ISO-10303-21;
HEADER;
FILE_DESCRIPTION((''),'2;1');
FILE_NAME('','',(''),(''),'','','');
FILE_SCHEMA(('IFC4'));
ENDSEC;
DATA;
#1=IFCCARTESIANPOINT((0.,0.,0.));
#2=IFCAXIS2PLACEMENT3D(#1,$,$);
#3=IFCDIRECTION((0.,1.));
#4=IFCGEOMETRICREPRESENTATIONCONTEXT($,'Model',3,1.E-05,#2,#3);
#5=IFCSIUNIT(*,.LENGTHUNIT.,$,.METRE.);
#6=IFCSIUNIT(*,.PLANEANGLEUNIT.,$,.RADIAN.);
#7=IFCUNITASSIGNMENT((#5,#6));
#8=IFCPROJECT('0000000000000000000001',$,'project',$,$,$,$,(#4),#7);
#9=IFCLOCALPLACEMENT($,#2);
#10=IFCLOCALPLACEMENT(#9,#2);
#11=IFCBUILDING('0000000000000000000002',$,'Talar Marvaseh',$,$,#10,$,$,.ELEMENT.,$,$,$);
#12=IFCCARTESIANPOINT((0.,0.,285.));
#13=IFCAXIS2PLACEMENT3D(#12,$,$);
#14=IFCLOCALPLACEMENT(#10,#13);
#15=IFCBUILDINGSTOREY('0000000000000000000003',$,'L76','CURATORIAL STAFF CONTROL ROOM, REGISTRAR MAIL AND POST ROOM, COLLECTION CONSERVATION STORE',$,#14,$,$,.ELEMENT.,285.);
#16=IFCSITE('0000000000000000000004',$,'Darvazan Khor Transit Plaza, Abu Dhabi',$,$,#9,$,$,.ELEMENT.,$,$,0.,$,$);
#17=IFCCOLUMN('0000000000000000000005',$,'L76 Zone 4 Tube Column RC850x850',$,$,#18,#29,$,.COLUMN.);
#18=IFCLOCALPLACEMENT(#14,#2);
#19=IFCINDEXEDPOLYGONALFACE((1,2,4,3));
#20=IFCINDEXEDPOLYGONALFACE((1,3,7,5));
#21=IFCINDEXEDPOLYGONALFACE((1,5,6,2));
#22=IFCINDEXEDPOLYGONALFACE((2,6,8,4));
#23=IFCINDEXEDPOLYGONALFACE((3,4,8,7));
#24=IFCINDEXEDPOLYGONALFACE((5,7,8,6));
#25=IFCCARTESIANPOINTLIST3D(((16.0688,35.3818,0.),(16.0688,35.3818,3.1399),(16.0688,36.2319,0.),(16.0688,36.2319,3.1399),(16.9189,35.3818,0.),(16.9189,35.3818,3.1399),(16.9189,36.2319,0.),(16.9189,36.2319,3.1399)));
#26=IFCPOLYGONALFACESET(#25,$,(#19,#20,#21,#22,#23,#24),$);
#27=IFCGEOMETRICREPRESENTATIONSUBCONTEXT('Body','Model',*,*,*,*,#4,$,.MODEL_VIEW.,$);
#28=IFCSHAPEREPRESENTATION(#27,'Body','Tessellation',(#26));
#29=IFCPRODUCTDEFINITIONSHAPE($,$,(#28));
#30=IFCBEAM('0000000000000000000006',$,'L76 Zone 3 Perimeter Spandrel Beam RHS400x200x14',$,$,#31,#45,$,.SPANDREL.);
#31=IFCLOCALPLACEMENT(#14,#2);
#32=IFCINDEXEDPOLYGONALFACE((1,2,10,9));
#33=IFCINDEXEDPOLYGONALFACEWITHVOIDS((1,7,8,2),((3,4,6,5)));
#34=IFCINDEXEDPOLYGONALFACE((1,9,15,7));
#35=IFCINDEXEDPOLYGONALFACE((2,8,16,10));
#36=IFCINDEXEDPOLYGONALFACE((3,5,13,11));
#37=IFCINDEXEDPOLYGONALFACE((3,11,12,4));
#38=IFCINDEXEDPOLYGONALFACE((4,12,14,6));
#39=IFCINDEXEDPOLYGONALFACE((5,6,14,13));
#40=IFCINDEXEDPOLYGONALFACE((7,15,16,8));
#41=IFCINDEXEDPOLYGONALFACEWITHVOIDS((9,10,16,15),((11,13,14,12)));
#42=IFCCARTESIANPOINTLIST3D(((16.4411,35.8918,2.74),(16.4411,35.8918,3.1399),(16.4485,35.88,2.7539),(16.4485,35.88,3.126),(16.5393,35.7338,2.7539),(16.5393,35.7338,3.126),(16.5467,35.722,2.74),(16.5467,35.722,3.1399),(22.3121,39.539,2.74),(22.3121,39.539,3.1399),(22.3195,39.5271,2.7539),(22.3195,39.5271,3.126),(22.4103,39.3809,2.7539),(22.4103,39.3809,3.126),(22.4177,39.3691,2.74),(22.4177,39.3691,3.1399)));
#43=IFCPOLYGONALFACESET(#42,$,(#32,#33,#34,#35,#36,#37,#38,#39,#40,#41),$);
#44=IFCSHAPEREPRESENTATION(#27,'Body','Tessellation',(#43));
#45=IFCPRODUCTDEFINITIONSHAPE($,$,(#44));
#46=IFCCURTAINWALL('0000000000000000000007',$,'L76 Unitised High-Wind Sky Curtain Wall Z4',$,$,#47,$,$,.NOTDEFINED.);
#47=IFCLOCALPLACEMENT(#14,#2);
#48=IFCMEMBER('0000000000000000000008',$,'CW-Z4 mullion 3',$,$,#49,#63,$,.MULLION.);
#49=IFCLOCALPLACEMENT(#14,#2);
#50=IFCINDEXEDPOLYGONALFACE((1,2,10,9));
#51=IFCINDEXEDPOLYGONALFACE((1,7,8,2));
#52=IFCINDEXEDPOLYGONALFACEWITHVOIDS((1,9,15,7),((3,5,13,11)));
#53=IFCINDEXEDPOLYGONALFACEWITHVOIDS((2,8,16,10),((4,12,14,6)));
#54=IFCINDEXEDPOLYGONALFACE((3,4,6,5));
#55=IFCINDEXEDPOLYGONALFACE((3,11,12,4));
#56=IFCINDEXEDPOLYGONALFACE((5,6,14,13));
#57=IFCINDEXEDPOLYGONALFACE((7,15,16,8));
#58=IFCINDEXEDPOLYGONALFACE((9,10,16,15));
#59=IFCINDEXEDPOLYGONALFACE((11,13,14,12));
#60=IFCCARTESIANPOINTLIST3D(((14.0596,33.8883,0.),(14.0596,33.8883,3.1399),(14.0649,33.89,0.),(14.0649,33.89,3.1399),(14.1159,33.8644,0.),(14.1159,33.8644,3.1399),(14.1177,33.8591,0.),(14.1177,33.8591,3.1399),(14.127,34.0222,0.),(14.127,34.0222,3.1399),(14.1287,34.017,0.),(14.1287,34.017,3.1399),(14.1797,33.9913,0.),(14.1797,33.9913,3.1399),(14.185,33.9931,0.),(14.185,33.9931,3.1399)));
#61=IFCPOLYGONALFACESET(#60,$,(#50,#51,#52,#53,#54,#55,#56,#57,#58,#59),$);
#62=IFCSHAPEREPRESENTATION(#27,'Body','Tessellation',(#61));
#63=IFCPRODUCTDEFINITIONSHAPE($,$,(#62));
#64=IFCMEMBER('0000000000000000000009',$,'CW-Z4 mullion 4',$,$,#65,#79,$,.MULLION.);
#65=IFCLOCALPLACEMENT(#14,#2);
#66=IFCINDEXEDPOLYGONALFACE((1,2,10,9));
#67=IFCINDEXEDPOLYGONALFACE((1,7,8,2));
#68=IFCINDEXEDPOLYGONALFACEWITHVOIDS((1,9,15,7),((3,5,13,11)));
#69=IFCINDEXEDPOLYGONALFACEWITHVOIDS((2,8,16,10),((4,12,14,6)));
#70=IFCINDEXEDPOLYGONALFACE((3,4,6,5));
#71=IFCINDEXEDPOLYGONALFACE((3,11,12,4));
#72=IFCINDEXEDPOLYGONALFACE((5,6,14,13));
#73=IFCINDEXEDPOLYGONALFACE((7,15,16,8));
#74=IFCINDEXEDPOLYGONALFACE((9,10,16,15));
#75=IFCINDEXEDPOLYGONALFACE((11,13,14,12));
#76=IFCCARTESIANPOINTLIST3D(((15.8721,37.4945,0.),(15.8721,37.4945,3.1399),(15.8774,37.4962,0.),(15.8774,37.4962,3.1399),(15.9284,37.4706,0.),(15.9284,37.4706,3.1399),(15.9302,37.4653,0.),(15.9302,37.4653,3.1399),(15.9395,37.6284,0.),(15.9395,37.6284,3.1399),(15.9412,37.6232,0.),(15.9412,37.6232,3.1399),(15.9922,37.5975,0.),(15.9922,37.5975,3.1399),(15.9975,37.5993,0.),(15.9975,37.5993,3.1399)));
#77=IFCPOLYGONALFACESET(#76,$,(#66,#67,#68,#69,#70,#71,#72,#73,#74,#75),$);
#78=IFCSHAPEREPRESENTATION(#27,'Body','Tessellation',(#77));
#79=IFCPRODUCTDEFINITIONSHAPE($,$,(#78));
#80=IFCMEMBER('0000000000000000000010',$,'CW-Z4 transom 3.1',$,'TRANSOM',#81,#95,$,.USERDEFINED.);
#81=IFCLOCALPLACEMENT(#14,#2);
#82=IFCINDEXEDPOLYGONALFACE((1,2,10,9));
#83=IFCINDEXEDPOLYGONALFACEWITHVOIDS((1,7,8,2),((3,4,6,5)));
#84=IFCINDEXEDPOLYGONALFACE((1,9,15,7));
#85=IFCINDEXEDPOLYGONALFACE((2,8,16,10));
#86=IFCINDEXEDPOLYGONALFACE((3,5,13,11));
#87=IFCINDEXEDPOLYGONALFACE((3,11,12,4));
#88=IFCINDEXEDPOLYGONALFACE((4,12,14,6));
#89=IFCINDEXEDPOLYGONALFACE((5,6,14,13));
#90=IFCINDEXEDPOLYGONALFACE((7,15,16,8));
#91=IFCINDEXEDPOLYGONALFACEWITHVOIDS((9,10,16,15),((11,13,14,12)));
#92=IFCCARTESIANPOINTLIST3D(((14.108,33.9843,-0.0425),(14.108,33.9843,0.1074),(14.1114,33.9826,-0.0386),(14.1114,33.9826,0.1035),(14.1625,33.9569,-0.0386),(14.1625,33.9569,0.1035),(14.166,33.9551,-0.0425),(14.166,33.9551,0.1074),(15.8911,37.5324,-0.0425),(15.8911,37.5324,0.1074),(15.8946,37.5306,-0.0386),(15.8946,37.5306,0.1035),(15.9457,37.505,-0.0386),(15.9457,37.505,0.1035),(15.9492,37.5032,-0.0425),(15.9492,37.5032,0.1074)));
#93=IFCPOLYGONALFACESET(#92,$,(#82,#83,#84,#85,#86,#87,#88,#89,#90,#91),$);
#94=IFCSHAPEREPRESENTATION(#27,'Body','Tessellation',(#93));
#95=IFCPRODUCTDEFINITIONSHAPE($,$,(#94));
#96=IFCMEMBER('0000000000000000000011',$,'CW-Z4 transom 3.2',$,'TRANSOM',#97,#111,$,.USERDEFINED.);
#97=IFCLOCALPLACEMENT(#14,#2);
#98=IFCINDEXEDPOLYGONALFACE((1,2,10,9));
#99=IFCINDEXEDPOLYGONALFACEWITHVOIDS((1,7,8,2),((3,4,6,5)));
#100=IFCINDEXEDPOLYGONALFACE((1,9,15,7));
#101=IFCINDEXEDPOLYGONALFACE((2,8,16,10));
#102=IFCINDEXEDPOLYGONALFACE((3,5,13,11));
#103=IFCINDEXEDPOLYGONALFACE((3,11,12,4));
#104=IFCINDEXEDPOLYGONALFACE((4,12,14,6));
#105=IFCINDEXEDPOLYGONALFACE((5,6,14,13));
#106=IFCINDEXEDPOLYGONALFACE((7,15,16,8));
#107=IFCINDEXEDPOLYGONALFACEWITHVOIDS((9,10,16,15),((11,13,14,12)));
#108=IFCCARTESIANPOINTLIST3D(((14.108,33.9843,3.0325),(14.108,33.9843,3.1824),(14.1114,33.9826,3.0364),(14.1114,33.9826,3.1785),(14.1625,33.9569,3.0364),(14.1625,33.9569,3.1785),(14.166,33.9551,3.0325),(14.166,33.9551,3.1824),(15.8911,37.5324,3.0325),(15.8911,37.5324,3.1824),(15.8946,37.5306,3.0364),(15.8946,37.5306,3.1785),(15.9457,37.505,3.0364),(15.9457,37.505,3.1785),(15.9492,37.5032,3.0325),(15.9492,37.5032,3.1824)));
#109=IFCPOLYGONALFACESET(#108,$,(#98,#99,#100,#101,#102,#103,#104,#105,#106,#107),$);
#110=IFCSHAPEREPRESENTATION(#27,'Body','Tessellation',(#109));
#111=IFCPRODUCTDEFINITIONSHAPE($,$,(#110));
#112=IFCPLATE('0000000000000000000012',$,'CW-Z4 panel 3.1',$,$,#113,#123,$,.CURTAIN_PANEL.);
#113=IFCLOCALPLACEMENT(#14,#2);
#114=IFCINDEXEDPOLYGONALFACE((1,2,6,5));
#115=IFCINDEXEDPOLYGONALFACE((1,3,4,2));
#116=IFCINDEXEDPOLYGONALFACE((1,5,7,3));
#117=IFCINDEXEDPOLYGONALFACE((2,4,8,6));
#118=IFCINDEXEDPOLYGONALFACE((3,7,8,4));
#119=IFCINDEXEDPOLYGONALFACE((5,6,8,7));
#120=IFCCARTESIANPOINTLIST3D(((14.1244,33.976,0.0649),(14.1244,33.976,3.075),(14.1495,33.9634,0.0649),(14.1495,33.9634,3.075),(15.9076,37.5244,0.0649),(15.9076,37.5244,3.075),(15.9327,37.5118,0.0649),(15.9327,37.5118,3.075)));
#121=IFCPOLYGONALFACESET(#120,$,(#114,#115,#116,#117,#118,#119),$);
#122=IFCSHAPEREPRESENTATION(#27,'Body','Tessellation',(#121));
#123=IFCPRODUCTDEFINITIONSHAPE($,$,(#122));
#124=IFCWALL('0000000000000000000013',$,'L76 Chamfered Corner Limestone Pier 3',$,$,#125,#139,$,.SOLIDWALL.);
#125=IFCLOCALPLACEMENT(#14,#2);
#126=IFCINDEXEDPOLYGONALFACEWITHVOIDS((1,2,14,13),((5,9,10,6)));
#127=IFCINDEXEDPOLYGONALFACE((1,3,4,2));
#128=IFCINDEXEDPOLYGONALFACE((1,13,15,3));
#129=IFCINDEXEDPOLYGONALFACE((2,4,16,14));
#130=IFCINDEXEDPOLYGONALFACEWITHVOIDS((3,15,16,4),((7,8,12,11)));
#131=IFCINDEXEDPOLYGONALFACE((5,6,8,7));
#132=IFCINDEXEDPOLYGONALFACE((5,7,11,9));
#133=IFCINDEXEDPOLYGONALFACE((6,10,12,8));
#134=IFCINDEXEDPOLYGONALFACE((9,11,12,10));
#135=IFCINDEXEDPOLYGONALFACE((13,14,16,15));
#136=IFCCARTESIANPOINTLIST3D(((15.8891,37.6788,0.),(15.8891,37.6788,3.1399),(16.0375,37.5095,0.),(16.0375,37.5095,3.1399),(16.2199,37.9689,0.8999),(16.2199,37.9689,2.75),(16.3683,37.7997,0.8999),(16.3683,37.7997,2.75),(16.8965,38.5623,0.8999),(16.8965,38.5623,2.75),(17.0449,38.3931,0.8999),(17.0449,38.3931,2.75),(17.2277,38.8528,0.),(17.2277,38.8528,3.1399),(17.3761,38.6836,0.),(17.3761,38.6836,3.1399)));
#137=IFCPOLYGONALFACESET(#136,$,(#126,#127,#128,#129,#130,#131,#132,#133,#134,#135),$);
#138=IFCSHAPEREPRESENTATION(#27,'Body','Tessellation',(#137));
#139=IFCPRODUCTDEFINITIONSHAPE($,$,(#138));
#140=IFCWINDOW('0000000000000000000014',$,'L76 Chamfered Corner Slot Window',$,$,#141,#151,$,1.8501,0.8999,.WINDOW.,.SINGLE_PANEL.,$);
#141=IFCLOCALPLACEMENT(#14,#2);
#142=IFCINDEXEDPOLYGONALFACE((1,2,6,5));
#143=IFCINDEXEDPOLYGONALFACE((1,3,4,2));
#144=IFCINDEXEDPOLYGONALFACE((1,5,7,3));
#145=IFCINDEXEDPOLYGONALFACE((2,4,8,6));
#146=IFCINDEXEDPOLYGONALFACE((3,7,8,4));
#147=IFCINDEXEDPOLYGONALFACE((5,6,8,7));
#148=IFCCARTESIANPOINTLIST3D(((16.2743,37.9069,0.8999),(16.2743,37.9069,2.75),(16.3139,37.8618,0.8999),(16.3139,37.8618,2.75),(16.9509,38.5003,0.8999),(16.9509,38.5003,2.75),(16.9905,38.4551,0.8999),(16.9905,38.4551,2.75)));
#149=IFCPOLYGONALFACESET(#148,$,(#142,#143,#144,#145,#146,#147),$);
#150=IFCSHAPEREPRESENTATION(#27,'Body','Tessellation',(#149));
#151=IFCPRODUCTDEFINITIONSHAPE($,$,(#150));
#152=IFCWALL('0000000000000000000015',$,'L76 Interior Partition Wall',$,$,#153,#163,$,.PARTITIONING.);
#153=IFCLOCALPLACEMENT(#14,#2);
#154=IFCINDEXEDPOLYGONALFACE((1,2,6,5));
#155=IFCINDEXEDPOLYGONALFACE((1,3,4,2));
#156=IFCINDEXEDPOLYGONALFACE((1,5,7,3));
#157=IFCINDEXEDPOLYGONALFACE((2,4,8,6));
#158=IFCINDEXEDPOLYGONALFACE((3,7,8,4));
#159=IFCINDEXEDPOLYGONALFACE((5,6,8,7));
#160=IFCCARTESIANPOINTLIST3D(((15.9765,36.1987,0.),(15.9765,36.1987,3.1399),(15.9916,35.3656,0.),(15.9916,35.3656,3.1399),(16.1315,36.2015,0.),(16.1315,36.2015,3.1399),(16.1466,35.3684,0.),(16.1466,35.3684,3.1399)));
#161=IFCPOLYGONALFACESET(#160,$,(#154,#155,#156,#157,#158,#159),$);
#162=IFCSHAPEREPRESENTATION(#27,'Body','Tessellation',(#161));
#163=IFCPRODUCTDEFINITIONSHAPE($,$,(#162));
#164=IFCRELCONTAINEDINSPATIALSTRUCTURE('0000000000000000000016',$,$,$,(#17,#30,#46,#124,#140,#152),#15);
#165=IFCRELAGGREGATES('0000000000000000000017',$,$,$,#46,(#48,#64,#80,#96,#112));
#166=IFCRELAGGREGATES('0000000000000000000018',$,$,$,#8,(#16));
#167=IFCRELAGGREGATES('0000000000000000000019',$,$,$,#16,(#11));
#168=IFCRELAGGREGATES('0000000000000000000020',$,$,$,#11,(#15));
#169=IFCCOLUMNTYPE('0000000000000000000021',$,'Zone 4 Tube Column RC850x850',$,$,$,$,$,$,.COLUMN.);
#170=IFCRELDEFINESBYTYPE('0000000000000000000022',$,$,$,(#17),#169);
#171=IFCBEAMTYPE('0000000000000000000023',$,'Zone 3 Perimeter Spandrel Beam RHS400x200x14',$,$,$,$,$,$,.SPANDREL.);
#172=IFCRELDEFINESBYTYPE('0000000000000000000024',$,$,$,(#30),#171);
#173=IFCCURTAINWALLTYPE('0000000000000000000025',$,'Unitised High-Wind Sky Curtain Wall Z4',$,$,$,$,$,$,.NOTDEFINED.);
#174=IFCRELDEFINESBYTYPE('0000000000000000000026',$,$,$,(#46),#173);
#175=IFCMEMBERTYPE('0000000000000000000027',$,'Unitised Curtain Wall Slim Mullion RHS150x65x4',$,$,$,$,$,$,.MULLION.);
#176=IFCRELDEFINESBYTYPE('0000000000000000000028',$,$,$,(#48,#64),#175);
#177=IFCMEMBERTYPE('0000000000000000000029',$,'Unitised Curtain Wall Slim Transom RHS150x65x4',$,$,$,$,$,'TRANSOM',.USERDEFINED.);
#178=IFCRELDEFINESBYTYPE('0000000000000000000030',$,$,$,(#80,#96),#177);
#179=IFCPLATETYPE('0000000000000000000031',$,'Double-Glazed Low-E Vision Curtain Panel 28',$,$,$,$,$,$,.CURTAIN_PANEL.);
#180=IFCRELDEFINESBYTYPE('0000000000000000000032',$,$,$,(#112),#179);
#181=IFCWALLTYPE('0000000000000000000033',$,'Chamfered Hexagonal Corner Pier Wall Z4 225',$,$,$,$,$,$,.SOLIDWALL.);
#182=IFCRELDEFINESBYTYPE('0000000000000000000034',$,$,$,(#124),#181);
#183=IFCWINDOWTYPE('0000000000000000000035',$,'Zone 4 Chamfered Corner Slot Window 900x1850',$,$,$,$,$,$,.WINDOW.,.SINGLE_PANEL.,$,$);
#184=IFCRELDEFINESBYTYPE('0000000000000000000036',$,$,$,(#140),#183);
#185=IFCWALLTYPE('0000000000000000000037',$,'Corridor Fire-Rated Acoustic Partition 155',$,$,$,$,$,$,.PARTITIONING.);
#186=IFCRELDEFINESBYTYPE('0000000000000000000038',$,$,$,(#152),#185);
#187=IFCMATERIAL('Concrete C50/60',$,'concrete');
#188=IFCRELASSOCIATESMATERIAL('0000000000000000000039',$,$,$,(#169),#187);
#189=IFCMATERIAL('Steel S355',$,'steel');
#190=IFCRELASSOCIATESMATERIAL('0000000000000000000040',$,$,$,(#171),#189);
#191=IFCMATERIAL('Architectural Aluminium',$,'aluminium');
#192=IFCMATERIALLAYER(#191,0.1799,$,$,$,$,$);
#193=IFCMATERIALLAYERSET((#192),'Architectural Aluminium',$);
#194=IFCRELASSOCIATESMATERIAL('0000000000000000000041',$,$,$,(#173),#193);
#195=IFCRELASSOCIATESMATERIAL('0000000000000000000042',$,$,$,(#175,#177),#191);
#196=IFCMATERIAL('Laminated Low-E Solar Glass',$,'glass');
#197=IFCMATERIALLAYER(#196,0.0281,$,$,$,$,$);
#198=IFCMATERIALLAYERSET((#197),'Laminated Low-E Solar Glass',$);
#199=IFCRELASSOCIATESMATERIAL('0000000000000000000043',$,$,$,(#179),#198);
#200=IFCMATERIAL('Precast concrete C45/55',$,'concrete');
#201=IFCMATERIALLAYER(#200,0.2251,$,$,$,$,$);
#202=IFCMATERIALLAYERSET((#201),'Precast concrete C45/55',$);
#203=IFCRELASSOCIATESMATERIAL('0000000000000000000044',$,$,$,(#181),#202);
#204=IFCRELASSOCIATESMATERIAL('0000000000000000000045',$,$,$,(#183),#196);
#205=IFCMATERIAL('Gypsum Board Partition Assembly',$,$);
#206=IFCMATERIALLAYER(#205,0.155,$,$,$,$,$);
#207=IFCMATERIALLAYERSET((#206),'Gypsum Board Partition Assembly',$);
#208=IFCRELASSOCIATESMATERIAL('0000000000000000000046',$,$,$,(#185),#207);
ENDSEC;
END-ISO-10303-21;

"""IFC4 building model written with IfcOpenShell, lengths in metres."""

from ifc_helpers import new_model, si_unit, direction, frame, frame_2d, origin, origin_2d, place, context, subcontext, project, spatial, rectangle, hollow_rectangle, extrude, source, transform, mapped, material, layer, layer_set, material_profile, profile_set, type_object, type_shapes, element, fill, aggregate, save


model = new_model("IFC4")

# Units and contexts
model_context = context("Model", 3, precision=1e-05, world=origin(), true_north=direction((0.0, 1.0)))
body_context = subcontext(model_context, "Body", "Model", "MODEL_VIEW")
ifc_project = project(units=[si_unit("LENGTHUNIT", "METRE"), si_unit("PLANEANGLEUNIT", "RADIAN")], contexts=[model_context])

# Site, building, storey
site_placement = place(None, origin())
site = spatial("IfcSite", under=ifc_project, at=site_placement, Name="Darvazan Khor Transit Plaza, Abu Dhabi", CompositionType="ELEMENT", RefElevation=0.0)
building_placement = place(site_placement, origin())
building = spatial("IfcBuilding", under=site, at=building_placement, Name="Talar Marvaseh", CompositionType="ELEMENT")
storey_placement = place(building_placement, frame((0.0, 0.0, 285.0)))
storey = spatial("IfcBuildingStorey", under=building, at=storey_placement, Name="L76", Description="CURATORIAL STAFF CONTROL ROOM, REGISTRAR MAIL AND POST ROOM, COLLECTION CONSERVATION STORE", CompositionType="ELEMENT", Elevation=285.0)

# Column
ifc_material_1 = material(Name="Concrete C50/60", Category="concrete")
ifc_material_profile_1 = material_profile(ifc_material_1, rectangle(XDim=0.8501, YDim=0.8501, at=origin_2d()), Name="RC850x850")
ifc_profile_set_1 = profile_set([ifc_material_profile_1], Name="Concrete C50/60")
column_type = type_object("IfcColumnType", Name="Zone 4 Tube Column RC850x850", PredefinedType="COLUMN", material=ifc_profile_set_1)
column_placement = place(storey_placement, frame((16.4939, 35.8069, 0.0), z_axis=(0.0, 0.0, 1.0), x_axis=(1.0, 0.0, 0.0)))
element("IfcColumn", 1, at=column_placement, inside=storey, type_object=column_type, Name="L76 Zone 4 Tube Column RC850x850", PredefinedType="COLUMN", context=body_context, shape_type="SweptSolid", body=[
    extrude(rectangle(XDim=0.8501, YDim=0.8501, at=origin_2d()), origin(), (0.0, 0.0, 1.0), 3.1399),
])

# Beam
ifc_material_2 = material(Name="Steel S355", Category="steel")
ifc_material_profile_2 = material_profile(ifc_material_2, hollow_rectangle(XDim=0.2, YDim=0.3999, WallThickness=0.0139, at=origin_2d()), Name="RHS400x200x14")
ifc_profile_set_2 = profile_set([ifc_material_profile_2], Name="Steel S355")
beam_type = type_object("IfcBeamType", Name="Zone 3 Perimeter Spandrel Beam RHS400x200x14", PredefinedType="SPANDREL", material=ifc_profile_set_2)
beam_placement = place(storey_placement, frame((16.4939, 35.8069, 2.9399), z_axis=(0.84944, 0.527686, 0.0), x_axis=(-0.527686, 0.84944, 0.0)))
element("IfcBeam", 2, at=beam_placement, inside=storey, type_object=beam_type, Name="L76 Zone 3 Perimeter Spandrel Beam RHS400x200x14", PredefinedType="SPANDREL", context=body_context, shape_type="SweptSolid", body=[
    extrude(hollow_rectangle(XDim=0.2, YDim=0.3999, WallThickness=0.0139, at=origin_2d()), origin(), (0.0, 0.0, 1.0), 6.9116),
])

# Curtain wall, members, plate
ifc_material_3 = material(Name="Architectural Aluminium", Category="aluminium")
ifc_layer_1 = layer(ifc_material_3, 0.1799)
ifc_layer_set_1 = layer_set([ifc_layer_1], Name="Architectural Aluminium")
curtain_wall_type = type_object("IfcCurtainWallType", Name="Unitised High-Wind Sky Curtain Wall Z4", PredefinedType="NOTDEFINED", material=ifc_layer_set_1)
curtain_wall_placement = place(storey_placement, origin())
curtain_wall = element("IfcCurtainWall", 3, at=curtain_wall_placement, inside=storey, type_object=curtain_wall_type, Name="L76 Unitised High-Wind Sky Curtain Wall Z4", PredefinedType="NOTDEFINED")
ifc_material_profile_3 = material_profile(ifc_material_3, hollow_rectangle(XDim=0.0649, YDim=0.1499, WallThickness=0.0039, at=origin_2d()), Name="RHS150x65x4")
ifc_profile_set_3 = profile_set([ifc_material_profile_3], Name="Architectural Aluminium")
member_type_1 = type_object("IfcMemberType", Name="Unitised Curtain Wall Slim Mullion RHS150x65x4", PredefinedType="MULLION", material=ifc_profile_set_3)
shared_shape_1 = source(origin(), body_context, "Body", "SweptSolid", [
    extrude(hollow_rectangle(XDim=0.0649, YDim=0.1499, WallThickness=0.0039, at=origin_2d()), origin(), (0.0, 0.0, 1.0), 3.1399),
])
type_shapes(member_type_1, [shared_shape_1])
member_1_placement = place(storey_placement, frame((14.1223, 33.9407, 0.0), z_axis=(0.0, 0.0, 1.0), x_axis=(-0.893514, 0.449035, 0.0)))
member_1 = element("IfcMember", 4, at=member_1_placement, type_object=member_type_1, Name="CW-Z4 mullion 3", PredefinedType="MULLION", context=body_context, shape_type="MappedRepresentation", body=[
    mapped(shared_shape_1, transform((0.0, 0.0, 0.0), x_axis=(1.0, 0.0, 0.0), y_axis=(0.0, 1.0, 0.0), z_axis=(0.0, 0.0, 1.0), scale=1.0)),
])
member_2_placement = place(storey_placement, frame((15.9348, 37.5469, 0.0), z_axis=(0.0, 0.0, 1.0), x_axis=(-0.893514, 0.449035, 0.0)))
member_2 = element("IfcMember", 5, at=member_2_placement, type_object=member_type_1, Name="CW-Z4 mullion 4", PredefinedType="MULLION", context=body_context, shape_type="MappedRepresentation", body=[
    mapped(shared_shape_1, transform((0.0, 0.0, 0.0), x_axis=(1.0, 0.0, 0.0), y_axis=(0.0, 1.0, 0.0), z_axis=(0.0, 0.0, 1.0), scale=1.0)),
])
ifc_material_profile_4 = material_profile(ifc_material_3, hollow_rectangle(XDim=0.0649, YDim=0.1499, WallThickness=0.0039, at=origin_2d()), Name="RHS150x65x4")
ifc_profile_set_4 = profile_set([ifc_material_profile_4], Name="Architectural Aluminium")
member_type_2 = type_object("IfcMemberType", Name="Unitised Curtain Wall Slim Transom RHS150x65x4", ElementType="TRANSOM", PredefinedType="USERDEFINED", material=ifc_profile_set_4)
shared_shape_2 = source(origin(), body_context, "Body", "SweptSolid", [
    extrude(hollow_rectangle(XDim=0.0649, YDim=0.1499, WallThickness=0.0039, at=origin_2d()), origin(), (0.0, 0.0, 1.0), 3.9709),
])
type_shapes(member_type_2, [shared_shape_2])
member_3_placement = place(storey_placement, frame((14.137, 33.9697, 0.0325), z_axis=(0.449057, 0.893503, 0.0), x_axis=(-0.893503, 0.449057, 0.0)))
member_3 = element("IfcMember", 6, at=member_3_placement, type_object=member_type_2, Name="CW-Z4 transom 3.1", ObjectType="TRANSOM", PredefinedType="USERDEFINED", context=body_context, shape_type="MappedRepresentation", body=[
    mapped(shared_shape_2, transform((0.0, 0.0, 0.0), x_axis=(1.0, 0.0, 0.0), y_axis=(0.0, 1.0, 0.0), z_axis=(0.0, 0.0, 1.0), scale=1.0)),
])
member_4_placement = place(storey_placement, frame((14.137, 33.9697, 3.1074), z_axis=(0.449057, 0.893503, 0.0), x_axis=(-0.893503, 0.449057, 0.0)))
member_4 = element("IfcMember", 7, at=member_4_placement, type_object=member_type_2, Name="CW-Z4 transom 3.2", ObjectType="TRANSOM", PredefinedType="USERDEFINED", context=body_context, shape_type="MappedRepresentation", body=[
    mapped(shared_shape_2, transform((0.0, 0.0, 0.0), x_axis=(1.0, 0.0, 0.0), y_axis=(0.0, 1.0, 0.0), z_axis=(0.0, 0.0, 1.0), scale=1.0)),
])
ifc_material_4 = material(Name="Laminated Low-E Solar Glass", Category="glass")
ifc_layer_2 = layer(ifc_material_4, 0.0281)
ifc_layer_set_2 = layer_set([ifc_layer_2], Name="Laminated Low-E Solar Glass")
plate_type = type_object("IfcPlateType", Name="Double-Glazed Low-E Vision Curtain Panel 28", PredefinedType="CURTAIN_PANEL", material=ifc_layer_set_2)
shared_shape_3 = source(origin(), body_context, "Body", "SweptSolid", [
    extrude(rectangle(XDim=3.9712, YDim=0.0281, at=origin_2d()), origin(), (0.0, 0.0, 1.0), 3.01),
])
type_shapes(plate_type, [shared_shape_3])
plate_placement = place(storey_placement, frame((15.0286, 35.7439, 0.0649), z_axis=(0.0, 0.0, 1.0), x_axis=(0.449035, 0.893514, 0.0)))
plate = element("IfcPlate", 8, at=plate_placement, type_object=plate_type, Name="CW-Z4 panel 3.1", PredefinedType="CURTAIN_PANEL", context=body_context, shape_type="MappedRepresentation", body=[
    mapped(shared_shape_3, transform((0.0, 0.0, 0.0), x_axis=(1.0, 0.0, 0.0), y_axis=(0.0, 1.0, 0.0), z_axis=(0.0, 0.0, 1.0), scale=1.0)),
])
aggregate(curtain_wall, [member_1, member_2, member_3, member_4, plate])

# Wall, opening, window
ifc_material_5 = material(Name="Precast concrete C45/55", Category="concrete")
ifc_layer_3 = layer(ifc_material_5, 0.2251)
ifc_layer_set_3 = layer_set([ifc_layer_3], Name="Precast concrete C45/55")
wall_type_1 = type_object("IfcWallType", Name="Chamfered Hexagonal Corner Pier Wall Z4 225", PredefinedType="SOLIDWALL", material=ifc_layer_set_3)
wall_1_placement = place(storey_placement, frame((15.9634, 37.5942, 0.0), z_axis=(0.0, 0.0, 1.0), x_axis=(0.751803, 0.659388, 0.0)))
wall_1 = element("IfcWall", 9, at=wall_1_placement, inside=storey, type_object=wall_type_1, Name="L76 Chamfered Corner Limestone Pier 3", PredefinedType="SOLIDWALL", context=body_context, shape_type="SweptSolid", body=[
    extrude(rectangle(XDim=1.7805, YDim=0.2251, at=frame_2d((0.8901, 0.0))), origin(), (0.0, 0.0, 1.0), 3.1399),
])
opening_placement = place(wall_1_placement, frame((0.4399, 0.0, 0.8999)))
opening = element("IfcOpeningElement", 10, at=opening_placement, cuts=wall_1, PredefinedType="OPENING", context=body_context, shape_type="SweptSolid", body=[
    extrude(rectangle(XDim=0.8999, YDim=1.8501, at=frame_2d((0.45, 0.925))), frame((0.0, 0.1226, 0.0), z_axis=(0.0, -1.0, 0.0), x_axis=(1.0, 0.0, 0.0)), (0.0, 0.0, 1.0), 0.2451),
])
window_type = type_object("IfcWindowType", Name="Zone 4 Chamfered Corner Slot Window 900x1850", PartitioningType="SINGLE_PANEL", PredefinedType="WINDOW", material=ifc_material_4)
shared_shape_4 = source(origin(), body_context, "Body", "SweptSolid", [
    extrude(rectangle(XDim=0.8999, YDim=1.8501, at=frame_2d((0.45, 0.925))), frame((0.0, 0.03, 0.0), z_axis=(0.0, -1.0, 0.0), x_axis=(1.0, 0.0, 0.0)), (0.0, 0.0, 1.0), 0.0601),
])
type_shapes(window_type, [shared_shape_4])
window_placement = place(opening_placement, origin())
window = element("IfcWindow", 11, at=window_placement, inside=storey, type_object=window_type, Name="L76 Chamfered Corner Slot Window", OverallHeight=1.8501, OverallWidth=0.8999, PartitioningType="SINGLE_PANEL", PredefinedType="WINDOW", context=body_context, shape_type="MappedRepresentation", body=[
    mapped(shared_shape_4, transform((0.0, 0.0, 0.0), x_axis=(1.0, 0.0, 0.0), y_axis=(0.0, 1.0, 0.0), z_axis=(0.0, 0.0, 1.0), scale=1.0)),
])
fill(opening, window)

# Wall
ifc_material_6 = material(Name="Gypsum Board Partition Assembly")
ifc_layer_4 = layer(ifc_material_6, 0.155)
ifc_layer_set_4 = layer_set([ifc_layer_4], Name="Gypsum Board Partition Assembly")
wall_type_2 = type_object("IfcWallType", Name="Corridor Fire-Rated Acoustic Partition 155", PredefinedType="PARTITIONING", material=ifc_layer_set_4)
wall_2_placement = place(storey_placement, frame((16.054, 36.2, 0.0), z_axis=(0.0, 0.0, 1.0), x_axis=(0.018168, -0.999835, 0.0)))
element("IfcWall", 12, at=wall_2_placement, inside=storey, type_object=wall_type_2, Name="L76 Interior Partition Wall", PredefinedType="PARTITIONING", context=body_context, shape_type="SweptSolid", body=[
    extrude(rectangle(XDim=0.8333, YDim=0.155, at=frame_2d((0.4165, 0.0))), origin(), (0.0, 0.0, 1.0), 3.1399),
])

save(model, "model.ifc")
